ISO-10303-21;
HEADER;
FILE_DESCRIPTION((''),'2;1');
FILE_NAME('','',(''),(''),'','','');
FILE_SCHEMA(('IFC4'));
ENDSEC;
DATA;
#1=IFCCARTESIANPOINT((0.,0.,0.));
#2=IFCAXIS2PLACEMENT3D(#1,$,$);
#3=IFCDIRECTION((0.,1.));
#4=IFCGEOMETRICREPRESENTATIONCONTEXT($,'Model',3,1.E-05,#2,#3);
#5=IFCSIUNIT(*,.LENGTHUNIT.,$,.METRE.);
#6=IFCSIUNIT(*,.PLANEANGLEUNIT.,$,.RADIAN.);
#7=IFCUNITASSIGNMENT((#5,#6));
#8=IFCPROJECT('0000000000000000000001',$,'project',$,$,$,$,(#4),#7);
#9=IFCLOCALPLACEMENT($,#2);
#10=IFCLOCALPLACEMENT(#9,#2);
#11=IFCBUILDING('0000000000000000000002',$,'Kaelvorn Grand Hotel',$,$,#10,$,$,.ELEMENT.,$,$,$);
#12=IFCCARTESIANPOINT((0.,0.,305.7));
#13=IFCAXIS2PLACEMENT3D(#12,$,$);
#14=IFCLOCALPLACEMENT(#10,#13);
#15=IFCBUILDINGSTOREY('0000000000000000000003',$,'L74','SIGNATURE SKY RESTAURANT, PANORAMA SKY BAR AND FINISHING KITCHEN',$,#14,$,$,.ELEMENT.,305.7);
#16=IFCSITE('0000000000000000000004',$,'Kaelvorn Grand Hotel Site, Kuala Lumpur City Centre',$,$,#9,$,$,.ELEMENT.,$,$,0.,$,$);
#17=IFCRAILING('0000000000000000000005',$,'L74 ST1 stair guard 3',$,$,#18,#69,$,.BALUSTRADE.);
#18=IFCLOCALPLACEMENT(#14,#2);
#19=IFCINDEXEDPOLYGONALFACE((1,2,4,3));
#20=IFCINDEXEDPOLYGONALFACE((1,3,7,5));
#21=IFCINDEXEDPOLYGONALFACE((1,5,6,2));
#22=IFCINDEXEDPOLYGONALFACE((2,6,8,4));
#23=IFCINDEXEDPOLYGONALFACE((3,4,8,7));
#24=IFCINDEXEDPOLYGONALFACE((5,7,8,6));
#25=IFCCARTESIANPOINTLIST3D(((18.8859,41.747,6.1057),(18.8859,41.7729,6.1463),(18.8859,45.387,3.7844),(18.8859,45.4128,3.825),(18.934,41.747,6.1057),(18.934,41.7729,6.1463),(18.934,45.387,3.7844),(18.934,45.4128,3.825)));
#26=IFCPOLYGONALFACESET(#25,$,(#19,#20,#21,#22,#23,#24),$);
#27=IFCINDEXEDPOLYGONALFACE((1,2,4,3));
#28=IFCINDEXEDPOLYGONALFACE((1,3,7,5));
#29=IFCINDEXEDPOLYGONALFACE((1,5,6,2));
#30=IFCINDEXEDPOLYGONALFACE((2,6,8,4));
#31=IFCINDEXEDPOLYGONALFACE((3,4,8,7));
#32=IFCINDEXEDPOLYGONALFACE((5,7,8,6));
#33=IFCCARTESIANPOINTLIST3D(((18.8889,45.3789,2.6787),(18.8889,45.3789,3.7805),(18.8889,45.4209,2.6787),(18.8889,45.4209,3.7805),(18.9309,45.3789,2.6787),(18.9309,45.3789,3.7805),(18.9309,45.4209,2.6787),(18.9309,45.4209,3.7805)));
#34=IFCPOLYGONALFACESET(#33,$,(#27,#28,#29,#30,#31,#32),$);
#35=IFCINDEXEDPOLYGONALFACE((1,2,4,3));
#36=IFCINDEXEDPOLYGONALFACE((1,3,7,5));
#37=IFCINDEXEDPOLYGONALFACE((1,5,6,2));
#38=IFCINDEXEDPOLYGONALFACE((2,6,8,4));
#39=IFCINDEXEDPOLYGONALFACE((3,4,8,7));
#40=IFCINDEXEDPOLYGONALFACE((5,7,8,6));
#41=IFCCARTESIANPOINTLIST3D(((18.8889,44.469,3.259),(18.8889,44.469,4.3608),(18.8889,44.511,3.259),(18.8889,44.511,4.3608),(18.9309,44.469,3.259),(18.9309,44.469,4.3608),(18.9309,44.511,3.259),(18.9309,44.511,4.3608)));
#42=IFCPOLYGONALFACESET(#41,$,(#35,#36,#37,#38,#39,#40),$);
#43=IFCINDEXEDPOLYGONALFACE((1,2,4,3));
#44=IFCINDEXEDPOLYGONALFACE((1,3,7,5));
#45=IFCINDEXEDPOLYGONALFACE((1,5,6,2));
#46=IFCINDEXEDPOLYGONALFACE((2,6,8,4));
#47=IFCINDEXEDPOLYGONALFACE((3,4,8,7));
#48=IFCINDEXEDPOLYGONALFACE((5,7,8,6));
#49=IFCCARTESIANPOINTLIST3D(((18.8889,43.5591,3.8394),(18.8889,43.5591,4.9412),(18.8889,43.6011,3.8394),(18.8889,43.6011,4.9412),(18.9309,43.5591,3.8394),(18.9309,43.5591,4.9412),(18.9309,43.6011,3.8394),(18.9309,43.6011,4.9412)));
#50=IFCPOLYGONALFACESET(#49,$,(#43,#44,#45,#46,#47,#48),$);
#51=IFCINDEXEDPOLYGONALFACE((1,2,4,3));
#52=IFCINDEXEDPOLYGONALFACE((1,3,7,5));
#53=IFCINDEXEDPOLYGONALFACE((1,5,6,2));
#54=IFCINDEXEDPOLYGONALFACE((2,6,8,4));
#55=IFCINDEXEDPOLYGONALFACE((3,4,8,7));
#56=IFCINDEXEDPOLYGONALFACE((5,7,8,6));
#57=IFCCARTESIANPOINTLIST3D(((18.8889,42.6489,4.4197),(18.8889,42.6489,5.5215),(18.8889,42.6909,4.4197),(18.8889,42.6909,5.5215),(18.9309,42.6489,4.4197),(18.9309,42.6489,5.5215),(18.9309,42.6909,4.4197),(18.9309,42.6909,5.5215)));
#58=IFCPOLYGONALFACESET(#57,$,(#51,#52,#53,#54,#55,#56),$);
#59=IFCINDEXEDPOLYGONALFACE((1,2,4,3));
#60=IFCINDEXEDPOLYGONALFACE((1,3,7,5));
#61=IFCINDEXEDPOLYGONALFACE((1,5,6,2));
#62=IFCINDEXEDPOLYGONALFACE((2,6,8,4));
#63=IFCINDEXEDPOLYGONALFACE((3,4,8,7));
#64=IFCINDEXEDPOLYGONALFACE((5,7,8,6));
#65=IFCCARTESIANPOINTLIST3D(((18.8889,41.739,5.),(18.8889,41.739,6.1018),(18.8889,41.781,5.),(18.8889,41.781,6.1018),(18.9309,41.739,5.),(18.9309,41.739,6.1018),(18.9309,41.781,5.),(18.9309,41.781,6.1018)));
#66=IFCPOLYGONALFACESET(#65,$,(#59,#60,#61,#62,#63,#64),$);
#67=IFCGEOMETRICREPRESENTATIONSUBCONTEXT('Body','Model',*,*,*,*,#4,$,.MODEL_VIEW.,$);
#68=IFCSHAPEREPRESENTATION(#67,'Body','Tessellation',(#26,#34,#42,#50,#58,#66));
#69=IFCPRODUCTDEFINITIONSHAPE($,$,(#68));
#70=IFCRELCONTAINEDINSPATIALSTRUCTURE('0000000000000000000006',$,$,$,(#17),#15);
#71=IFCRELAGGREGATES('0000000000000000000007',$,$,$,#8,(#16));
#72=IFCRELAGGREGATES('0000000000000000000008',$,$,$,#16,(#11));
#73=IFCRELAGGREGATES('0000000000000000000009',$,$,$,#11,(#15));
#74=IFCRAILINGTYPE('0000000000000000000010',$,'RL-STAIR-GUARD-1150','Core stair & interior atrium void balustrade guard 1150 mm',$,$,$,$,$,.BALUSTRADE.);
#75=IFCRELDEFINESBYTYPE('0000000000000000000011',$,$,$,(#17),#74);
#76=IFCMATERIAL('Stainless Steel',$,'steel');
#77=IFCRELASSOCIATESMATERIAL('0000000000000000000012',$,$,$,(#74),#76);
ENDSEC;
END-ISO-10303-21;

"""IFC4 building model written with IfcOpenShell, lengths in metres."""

from ifc_helpers import new_model, si_unit, direction, frame, origin, origin_2d, place, context, subcontext, project, spatial, rectangle, extrude, material, type_object, element, save


model = new_model("IFC4")

# Units and contexts
model_context = context("Model", 3, precision=1e-05, world=origin(), true_north=direction((0.0, 1.0)))
body_context = subcontext(model_context, "Body", "Model", "MODEL_VIEW")
ifc_project = project(units=[si_unit("LENGTHUNIT", "METRE"), si_unit("PLANEANGLEUNIT", "RADIAN")], contexts=[model_context])

# Site, building, storey
site_placement = place(None, origin())
site = spatial("IfcSite", under=ifc_project, at=site_placement, Name="Kaelvorn Grand Hotel Site, Kuala Lumpur City Centre", CompositionType="ELEMENT", RefElevation=0.0)
building_placement = place(site_placement, origin())
building = spatial("IfcBuilding", under=site, at=building_placement, Name="Kaelvorn Grand Hotel", CompositionType="ELEMENT")
storey_placement = place(building_placement, frame((0.0, 0.0, 305.7)))
storey = spatial("IfcBuildingStorey", under=building, at=storey_placement, Name="L74", Description="SIGNATURE SKY RESTAURANT, PANORAMA SKY BAR AND FINISHING KITCHEN", CompositionType="ELEMENT", Elevation=305.7)

# Railing
ifc_material_1 = material(Name="Stainless Steel", Category="steel")
railing_type_1 = type_object("IfcRailingType", Name="RL-STAIR-GUARD-1150", Description="Core stair & interior atrium void balustrade guard 1150 mm", PredefinedType="BALUSTRADE", material=ifc_material_1)
railing_1_placement = place(storey_placement, frame((18.9099, 45.3999, 2.6787)))
element("IfcRailing", 1, at=railing_1_placement, inside=storey, type_object=railing_type_1, Name="L74 ST1 stair guard 3", PredefinedType="BALUSTRADE", context=body_context, shape_type="SweptSolid", body=[
    extrude(rectangle(XDim=0.0481, YDim=0.0481, at=origin_2d()), frame((0.0, 0.0, 1.126), z_axis=(0.0, -0.843137, 0.537699), x_axis=(1.0, 0.0, 0.0)), (0.0, 0.0, 1.0), 4.3171),
    extrude(rectangle(XDim=0.042, YDim=0.042, at=origin_2d()), origin(), (0.0, 0.0, 1.0), 1.1018),
    extrude(rectangle(XDim=0.042, YDim=0.042, at=origin_2d()), frame((0.0, -0.9099, 0.5803)), (0.0, 0.0, 1.0), 1.1018),
    extrude(rectangle(XDim=0.042, YDim=0.042, at=origin_2d()), frame((0.0, -1.8198, 1.1606)), (0.0, 0.0, 1.0), 1.1018),
    extrude(rectangle(XDim=0.042, YDim=0.042, at=origin_2d()), frame((0.0, -2.73, 1.741)), (0.0, 0.0, 1.0), 1.1018),
    extrude(rectangle(XDim=0.042, YDim=0.042, at=origin_2d()), frame((0.0, -3.6399, 2.3213)), (0.0, 0.0, 1.0), 1.1018),
])

save(model, "model.ifc")
